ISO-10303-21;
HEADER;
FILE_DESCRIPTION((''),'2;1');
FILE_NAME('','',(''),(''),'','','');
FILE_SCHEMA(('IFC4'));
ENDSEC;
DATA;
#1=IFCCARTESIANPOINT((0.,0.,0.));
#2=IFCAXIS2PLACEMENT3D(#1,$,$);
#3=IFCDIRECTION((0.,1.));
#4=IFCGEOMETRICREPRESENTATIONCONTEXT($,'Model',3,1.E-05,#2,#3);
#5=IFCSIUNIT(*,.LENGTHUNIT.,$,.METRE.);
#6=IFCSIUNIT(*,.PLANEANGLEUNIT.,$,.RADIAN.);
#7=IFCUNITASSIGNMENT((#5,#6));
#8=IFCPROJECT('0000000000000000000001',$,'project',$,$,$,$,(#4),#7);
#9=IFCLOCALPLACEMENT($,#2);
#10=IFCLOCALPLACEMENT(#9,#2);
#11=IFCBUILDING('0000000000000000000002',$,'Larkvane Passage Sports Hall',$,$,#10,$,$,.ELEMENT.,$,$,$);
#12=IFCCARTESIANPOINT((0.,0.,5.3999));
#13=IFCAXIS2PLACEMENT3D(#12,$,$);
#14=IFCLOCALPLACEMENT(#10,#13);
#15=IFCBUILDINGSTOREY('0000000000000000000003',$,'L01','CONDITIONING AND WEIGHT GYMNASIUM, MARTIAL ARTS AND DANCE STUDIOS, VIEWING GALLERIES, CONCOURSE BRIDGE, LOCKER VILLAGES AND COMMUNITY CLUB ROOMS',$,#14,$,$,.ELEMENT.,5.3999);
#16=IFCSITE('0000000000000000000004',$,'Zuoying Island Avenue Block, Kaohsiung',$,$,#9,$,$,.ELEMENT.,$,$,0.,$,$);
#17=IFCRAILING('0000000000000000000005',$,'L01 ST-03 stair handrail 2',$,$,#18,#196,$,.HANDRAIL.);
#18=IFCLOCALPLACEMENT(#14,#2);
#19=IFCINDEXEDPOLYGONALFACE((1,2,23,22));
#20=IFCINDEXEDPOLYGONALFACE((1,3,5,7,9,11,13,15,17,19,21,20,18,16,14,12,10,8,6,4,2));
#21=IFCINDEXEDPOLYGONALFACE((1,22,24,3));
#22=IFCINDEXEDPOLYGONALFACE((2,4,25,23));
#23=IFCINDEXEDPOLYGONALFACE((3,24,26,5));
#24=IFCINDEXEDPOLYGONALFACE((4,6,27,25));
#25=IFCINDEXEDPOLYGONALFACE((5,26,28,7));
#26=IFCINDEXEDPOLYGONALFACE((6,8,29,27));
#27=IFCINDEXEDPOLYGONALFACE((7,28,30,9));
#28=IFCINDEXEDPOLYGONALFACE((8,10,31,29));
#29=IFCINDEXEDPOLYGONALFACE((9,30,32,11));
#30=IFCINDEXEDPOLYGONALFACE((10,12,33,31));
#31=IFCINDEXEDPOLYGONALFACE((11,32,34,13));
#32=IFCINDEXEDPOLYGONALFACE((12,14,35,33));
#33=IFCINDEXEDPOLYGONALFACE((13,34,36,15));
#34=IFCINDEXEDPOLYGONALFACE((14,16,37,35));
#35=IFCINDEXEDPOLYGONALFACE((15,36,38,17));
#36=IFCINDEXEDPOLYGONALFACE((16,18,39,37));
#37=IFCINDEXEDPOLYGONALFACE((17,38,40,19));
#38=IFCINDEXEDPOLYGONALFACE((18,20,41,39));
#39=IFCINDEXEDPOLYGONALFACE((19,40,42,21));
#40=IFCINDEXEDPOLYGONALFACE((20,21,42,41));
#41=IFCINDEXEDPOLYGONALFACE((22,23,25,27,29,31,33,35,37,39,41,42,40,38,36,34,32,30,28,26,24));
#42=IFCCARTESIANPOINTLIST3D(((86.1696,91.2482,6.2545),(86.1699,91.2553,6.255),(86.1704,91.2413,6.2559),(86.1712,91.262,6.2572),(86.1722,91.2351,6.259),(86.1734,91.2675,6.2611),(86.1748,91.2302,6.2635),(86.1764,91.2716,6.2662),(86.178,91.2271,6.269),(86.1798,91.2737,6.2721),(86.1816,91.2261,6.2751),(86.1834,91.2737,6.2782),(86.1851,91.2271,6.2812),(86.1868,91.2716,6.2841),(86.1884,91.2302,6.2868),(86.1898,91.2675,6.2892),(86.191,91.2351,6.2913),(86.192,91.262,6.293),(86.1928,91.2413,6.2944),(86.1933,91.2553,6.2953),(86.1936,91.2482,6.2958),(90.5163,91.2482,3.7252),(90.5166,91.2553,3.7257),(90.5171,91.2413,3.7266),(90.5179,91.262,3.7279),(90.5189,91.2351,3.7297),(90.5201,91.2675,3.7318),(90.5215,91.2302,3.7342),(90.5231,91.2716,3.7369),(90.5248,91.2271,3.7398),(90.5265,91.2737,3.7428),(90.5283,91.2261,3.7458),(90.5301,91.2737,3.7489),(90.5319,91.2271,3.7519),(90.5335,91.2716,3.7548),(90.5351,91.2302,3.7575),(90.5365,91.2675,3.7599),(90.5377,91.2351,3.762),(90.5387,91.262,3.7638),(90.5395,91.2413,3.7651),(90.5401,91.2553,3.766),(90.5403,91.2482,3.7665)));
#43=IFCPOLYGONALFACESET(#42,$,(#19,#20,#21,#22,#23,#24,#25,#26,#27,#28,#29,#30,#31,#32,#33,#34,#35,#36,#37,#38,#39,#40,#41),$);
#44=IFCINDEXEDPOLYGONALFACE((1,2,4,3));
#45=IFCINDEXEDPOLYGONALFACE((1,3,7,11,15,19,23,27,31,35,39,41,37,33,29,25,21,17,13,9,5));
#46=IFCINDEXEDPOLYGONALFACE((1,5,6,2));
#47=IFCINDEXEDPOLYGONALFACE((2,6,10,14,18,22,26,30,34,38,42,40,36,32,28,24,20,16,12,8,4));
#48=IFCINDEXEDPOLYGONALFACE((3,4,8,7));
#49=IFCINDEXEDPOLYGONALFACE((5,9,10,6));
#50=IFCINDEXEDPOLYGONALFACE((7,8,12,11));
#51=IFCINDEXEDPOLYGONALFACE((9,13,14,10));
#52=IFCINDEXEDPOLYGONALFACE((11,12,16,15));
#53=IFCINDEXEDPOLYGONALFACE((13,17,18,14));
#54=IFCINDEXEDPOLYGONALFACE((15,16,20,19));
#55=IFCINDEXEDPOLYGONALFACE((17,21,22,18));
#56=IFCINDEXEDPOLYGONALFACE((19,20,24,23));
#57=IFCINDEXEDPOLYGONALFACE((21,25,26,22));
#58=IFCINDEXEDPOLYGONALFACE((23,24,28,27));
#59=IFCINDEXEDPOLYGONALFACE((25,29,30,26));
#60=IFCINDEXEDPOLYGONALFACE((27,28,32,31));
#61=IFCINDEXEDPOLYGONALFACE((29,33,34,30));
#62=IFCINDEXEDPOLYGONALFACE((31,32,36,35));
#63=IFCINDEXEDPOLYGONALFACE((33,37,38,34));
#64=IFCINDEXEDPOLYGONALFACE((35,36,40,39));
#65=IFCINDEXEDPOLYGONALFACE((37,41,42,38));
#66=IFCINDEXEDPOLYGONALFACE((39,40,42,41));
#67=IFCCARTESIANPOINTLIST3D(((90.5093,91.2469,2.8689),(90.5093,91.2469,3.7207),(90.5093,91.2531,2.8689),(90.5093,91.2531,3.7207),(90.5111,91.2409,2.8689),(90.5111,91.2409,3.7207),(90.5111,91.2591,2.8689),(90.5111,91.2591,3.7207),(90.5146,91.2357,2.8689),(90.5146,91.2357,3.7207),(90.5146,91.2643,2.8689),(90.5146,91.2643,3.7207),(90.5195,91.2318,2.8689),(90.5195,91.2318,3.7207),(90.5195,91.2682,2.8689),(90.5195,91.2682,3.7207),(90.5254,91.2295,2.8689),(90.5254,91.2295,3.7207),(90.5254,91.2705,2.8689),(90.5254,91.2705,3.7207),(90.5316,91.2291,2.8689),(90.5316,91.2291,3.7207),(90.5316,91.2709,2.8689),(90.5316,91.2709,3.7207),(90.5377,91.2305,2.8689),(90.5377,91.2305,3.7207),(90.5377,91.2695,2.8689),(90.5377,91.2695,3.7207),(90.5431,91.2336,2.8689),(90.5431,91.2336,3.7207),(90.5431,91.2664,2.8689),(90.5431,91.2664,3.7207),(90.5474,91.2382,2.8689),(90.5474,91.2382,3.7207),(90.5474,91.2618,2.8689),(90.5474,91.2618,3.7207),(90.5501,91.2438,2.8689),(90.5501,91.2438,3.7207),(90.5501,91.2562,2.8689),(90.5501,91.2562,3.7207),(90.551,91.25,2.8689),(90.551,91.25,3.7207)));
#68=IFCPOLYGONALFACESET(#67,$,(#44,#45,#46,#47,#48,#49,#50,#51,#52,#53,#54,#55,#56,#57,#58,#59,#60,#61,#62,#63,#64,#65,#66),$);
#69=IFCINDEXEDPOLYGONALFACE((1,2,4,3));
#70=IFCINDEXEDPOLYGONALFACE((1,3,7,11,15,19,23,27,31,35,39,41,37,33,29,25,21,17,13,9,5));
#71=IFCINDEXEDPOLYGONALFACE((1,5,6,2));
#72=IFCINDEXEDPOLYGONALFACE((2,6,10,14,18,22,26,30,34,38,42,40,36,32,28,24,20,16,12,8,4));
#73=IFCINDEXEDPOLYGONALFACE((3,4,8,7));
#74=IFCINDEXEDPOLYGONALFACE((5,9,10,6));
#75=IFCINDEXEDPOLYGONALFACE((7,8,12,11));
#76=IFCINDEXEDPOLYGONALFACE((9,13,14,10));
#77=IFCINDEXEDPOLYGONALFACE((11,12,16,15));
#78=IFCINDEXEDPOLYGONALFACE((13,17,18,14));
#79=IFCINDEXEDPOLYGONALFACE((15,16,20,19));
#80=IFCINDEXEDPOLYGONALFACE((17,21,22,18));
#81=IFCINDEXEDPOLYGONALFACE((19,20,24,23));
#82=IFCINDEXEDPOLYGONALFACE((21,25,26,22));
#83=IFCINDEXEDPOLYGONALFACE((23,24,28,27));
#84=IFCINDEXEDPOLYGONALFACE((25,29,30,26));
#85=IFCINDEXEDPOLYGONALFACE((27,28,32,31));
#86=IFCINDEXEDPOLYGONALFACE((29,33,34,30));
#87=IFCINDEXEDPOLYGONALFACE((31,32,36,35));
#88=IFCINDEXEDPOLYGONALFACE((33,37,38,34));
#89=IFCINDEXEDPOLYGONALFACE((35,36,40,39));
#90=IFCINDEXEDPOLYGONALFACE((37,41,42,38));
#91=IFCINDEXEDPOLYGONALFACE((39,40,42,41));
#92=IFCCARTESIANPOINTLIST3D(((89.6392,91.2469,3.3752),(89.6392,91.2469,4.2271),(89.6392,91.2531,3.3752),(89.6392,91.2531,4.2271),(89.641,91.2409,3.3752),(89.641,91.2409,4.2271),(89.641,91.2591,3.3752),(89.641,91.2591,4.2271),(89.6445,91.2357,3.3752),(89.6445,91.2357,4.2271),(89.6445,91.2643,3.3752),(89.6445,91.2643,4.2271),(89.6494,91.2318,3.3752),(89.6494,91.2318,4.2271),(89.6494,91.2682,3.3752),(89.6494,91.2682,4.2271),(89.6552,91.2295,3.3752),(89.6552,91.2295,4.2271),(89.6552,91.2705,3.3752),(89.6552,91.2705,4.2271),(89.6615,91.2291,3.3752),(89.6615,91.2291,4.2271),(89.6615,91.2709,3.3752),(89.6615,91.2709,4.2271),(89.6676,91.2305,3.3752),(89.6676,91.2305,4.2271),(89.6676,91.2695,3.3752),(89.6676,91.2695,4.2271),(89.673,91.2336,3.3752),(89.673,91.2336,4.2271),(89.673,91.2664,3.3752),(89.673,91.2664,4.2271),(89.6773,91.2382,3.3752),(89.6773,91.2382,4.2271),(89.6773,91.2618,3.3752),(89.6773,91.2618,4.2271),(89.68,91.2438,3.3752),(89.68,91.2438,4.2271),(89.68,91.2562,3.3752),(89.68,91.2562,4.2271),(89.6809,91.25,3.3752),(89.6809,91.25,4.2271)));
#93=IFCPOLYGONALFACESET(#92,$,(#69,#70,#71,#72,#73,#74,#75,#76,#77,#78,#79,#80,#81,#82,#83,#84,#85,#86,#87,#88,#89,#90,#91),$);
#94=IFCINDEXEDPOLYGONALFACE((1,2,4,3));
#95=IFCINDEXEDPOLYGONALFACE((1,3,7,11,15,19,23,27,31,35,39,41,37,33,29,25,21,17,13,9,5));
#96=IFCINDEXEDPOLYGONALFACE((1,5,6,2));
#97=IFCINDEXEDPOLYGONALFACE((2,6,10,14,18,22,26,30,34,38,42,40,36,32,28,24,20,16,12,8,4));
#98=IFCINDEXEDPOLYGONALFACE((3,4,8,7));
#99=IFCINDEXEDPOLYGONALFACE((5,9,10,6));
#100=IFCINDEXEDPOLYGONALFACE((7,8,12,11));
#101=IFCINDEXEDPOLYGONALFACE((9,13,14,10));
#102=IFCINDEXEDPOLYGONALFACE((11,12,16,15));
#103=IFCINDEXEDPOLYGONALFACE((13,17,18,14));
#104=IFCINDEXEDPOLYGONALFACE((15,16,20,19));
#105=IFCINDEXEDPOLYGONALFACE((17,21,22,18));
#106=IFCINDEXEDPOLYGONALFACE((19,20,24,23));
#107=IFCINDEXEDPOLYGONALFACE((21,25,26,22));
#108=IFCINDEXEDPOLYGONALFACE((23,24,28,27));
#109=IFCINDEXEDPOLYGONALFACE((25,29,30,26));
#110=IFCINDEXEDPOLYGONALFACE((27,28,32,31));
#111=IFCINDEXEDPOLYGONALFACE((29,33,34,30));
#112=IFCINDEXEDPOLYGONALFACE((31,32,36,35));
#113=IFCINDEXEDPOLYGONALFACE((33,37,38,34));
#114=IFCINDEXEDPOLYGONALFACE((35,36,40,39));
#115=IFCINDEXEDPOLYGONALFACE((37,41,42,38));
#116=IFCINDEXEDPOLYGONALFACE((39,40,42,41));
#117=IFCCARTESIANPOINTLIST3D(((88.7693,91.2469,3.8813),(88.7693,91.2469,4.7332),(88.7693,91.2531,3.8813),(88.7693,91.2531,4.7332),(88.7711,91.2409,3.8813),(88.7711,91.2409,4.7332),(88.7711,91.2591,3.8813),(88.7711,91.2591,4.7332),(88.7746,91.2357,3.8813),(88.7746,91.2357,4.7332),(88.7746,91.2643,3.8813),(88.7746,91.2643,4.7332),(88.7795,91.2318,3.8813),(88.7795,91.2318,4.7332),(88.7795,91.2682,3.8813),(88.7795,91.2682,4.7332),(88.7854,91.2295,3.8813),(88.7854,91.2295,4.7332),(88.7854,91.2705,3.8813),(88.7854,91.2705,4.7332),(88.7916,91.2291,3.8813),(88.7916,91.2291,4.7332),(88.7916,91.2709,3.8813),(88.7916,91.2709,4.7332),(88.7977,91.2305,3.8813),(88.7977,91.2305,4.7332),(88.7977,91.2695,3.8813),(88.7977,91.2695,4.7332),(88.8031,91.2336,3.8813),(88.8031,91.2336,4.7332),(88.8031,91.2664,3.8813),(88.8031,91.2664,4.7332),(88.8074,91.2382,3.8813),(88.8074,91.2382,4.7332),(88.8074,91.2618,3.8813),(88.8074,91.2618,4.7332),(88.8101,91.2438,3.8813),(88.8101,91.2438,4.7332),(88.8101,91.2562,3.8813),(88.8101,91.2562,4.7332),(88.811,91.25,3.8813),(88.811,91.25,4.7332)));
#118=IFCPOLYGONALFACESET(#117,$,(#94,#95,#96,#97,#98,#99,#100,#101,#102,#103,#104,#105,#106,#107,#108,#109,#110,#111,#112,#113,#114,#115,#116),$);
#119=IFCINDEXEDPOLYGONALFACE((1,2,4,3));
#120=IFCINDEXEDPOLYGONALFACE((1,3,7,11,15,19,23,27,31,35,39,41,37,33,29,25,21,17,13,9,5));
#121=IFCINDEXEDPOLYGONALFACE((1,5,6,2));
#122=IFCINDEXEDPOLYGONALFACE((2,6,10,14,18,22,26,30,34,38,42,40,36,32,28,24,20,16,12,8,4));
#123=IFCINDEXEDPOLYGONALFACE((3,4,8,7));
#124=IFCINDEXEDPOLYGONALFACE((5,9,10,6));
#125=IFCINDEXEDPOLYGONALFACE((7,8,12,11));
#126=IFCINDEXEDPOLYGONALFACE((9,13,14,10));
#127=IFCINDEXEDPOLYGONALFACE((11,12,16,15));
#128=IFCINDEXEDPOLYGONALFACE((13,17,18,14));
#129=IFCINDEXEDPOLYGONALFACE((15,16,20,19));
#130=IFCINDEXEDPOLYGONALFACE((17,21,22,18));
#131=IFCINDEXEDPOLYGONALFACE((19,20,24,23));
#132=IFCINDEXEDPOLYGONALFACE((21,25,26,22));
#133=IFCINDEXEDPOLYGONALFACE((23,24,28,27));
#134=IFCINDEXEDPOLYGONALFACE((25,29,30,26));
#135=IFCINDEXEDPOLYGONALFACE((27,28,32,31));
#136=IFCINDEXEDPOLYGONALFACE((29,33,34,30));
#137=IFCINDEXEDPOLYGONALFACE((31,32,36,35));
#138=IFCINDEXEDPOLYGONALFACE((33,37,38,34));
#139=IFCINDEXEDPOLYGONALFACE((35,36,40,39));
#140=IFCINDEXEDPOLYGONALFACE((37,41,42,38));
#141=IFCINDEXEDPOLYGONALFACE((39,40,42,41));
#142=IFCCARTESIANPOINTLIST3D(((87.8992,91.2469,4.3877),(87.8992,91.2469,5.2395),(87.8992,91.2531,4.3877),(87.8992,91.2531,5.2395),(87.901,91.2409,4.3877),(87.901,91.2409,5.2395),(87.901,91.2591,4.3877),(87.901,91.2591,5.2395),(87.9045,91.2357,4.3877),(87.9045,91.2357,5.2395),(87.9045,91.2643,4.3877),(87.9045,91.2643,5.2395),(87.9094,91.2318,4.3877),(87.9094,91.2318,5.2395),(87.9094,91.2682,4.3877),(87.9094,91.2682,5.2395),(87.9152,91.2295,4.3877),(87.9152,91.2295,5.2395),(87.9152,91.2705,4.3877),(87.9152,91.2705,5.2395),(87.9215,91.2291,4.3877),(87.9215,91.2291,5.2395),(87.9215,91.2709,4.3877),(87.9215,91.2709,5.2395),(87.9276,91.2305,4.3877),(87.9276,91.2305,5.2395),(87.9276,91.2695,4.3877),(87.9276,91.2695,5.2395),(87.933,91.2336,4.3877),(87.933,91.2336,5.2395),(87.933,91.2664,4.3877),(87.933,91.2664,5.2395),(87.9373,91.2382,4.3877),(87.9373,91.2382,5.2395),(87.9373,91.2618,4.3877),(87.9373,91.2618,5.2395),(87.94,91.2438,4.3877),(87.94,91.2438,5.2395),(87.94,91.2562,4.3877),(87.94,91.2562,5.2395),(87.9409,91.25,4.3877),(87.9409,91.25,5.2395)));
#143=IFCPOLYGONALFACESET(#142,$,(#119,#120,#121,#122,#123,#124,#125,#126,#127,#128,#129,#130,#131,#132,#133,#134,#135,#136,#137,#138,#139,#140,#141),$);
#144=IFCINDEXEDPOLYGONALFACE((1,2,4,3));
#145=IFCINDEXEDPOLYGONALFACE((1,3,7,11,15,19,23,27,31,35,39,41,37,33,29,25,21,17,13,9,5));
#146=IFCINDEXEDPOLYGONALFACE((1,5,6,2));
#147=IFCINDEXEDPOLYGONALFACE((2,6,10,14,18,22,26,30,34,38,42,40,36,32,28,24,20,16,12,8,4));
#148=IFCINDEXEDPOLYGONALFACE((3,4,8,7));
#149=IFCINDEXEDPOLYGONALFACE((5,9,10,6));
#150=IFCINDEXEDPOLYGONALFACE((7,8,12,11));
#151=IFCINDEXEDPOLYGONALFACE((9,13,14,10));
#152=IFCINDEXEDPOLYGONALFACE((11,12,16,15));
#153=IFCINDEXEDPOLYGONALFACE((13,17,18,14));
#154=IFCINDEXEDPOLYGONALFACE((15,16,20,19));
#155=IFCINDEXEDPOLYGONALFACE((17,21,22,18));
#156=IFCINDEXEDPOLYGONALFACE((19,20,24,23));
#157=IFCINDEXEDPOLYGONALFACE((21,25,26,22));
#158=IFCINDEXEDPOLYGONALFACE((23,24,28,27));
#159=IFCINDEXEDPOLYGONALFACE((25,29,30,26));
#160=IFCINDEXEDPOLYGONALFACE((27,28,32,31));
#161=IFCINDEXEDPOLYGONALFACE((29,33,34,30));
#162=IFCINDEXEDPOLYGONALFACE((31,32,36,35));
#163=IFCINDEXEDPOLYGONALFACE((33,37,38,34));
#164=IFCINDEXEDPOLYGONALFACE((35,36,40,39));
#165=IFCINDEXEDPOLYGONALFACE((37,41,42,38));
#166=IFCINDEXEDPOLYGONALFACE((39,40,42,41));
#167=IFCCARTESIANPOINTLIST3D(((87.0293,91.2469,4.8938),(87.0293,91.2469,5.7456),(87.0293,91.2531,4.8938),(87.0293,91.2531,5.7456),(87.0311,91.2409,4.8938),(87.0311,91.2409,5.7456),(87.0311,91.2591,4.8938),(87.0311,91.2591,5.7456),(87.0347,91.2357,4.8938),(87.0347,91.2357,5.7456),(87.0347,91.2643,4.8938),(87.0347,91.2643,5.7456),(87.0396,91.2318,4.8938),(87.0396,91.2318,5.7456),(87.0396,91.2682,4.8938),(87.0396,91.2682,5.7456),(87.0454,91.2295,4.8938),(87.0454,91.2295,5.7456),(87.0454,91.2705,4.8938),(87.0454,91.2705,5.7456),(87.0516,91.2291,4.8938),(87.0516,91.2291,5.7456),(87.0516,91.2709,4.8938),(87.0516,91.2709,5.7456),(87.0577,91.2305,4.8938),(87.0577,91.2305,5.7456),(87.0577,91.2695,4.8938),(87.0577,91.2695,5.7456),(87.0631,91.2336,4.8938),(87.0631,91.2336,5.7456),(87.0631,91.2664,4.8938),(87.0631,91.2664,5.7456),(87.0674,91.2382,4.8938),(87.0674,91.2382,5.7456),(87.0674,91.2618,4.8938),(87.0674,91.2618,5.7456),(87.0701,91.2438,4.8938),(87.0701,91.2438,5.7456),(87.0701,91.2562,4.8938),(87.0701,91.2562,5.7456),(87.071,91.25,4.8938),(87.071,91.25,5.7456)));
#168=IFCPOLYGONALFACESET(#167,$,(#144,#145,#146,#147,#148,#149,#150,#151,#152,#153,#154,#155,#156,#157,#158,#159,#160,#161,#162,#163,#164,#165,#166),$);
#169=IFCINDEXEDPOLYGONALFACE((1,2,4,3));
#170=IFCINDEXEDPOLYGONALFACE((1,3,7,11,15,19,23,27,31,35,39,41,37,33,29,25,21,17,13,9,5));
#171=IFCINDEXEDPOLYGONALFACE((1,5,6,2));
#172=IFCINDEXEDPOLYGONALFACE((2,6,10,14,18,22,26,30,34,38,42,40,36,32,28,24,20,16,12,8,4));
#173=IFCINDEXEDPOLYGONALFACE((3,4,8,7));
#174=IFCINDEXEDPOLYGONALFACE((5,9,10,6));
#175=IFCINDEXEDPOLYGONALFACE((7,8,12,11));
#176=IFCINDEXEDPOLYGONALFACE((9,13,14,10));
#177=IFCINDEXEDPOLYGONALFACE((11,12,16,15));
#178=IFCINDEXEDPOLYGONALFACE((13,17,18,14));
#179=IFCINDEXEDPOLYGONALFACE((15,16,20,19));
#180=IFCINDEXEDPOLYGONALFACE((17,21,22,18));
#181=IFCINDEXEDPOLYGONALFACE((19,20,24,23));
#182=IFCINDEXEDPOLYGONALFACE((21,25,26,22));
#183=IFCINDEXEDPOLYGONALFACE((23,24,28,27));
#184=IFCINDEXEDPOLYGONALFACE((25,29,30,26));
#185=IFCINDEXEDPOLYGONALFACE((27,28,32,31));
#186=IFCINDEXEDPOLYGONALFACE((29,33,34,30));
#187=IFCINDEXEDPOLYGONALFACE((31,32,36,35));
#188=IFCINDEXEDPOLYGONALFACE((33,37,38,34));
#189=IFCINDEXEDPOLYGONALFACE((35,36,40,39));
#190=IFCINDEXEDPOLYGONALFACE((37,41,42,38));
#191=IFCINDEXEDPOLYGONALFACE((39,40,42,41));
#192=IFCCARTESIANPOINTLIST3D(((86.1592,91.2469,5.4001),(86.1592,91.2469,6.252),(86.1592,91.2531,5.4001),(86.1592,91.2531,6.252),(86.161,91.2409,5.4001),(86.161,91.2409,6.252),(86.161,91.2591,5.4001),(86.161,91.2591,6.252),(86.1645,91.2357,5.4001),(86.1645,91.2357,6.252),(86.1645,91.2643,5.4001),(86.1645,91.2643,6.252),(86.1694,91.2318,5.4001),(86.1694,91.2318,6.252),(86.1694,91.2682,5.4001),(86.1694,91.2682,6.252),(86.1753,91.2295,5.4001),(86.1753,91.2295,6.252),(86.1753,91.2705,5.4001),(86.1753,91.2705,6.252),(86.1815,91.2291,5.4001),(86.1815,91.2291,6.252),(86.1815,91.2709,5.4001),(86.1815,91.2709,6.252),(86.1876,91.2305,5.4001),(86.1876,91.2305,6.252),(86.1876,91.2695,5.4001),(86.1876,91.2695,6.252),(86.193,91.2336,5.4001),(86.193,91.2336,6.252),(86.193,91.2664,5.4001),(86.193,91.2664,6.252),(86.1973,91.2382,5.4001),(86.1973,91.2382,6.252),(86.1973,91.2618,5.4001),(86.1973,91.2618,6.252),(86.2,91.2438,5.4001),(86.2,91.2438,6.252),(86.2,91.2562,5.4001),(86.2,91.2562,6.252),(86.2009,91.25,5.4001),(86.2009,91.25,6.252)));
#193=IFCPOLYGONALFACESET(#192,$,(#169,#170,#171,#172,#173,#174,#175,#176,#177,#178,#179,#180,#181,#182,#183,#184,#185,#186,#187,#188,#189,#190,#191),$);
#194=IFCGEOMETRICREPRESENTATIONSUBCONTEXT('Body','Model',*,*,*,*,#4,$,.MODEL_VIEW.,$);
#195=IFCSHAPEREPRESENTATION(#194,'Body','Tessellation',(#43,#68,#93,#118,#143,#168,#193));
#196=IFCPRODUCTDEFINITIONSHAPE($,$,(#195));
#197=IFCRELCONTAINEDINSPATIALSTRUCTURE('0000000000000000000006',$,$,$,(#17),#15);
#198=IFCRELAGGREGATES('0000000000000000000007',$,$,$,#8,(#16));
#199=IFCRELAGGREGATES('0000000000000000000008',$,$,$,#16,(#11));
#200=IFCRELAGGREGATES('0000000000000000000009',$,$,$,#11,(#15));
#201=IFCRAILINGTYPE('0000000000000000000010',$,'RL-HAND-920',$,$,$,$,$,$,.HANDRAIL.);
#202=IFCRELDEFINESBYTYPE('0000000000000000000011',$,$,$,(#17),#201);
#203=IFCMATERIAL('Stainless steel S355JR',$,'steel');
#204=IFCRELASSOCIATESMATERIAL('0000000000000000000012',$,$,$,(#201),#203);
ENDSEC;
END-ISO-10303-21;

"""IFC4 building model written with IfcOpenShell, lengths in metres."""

from ifc_helpers import new_model, si_unit, direction, frame, origin, origin_2d, place, context, subcontext, project, spatial, circle, extrude, material, type_object, element, save


model = new_model("IFC4")

# Units and contexts
model_context = context("Model", 3, precision=1e-05, world=origin(), true_north=direction((0.0, 1.0)))
body_context = subcontext(model_context, "Body", "Model", "MODEL_VIEW")
ifc_project = project(units=[si_unit("LENGTHUNIT", "METRE"), si_unit("PLANEANGLEUNIT", "RADIAN")], contexts=[model_context])

# Site, building, storey
site_placement = place(None, origin())
site = spatial("IfcSite", under=ifc_project, at=site_placement, Name="Zuoying Island Avenue Block, Kaohsiung", CompositionType="ELEMENT", RefElevation=0.0)
building_placement = place(site_placement, origin())
building = spatial("IfcBuilding", under=site, at=building_placement, Name="Larkvane Passage Sports Hall", CompositionType="ELEMENT")
storey_placement = place(building_placement, frame((0.0, 0.0, 5.3999)))
storey = spatial("IfcBuildingStorey", under=building, at=storey_placement, Name="L01", Description="CONDITIONING AND WEIGHT GYMNASIUM, MARTIAL ARTS AND DANCE STUDIOS, VIEWING GALLERIES, CONCOURSE BRIDGE, LOCKER VILLAGES AND COMMUNITY CLUB ROOMS", CompositionType="ELEMENT", Elevation=5.3999)

# Railing
ifc_material_1 = material(Name="Stainless steel S355JR", Category="steel")
railing_type_1 = type_object("IfcRailingType", Name="RL-HAND-920", PredefinedType="HANDRAIL", material=ifc_material_1)
railing_1_placement = place(storey_placement, frame((90.53, 91.25, 2.8689)))
element("IfcRailing", 1, at=railing_1_placement, inside=storey, type_object=railing_type_1, Name="L01 ST-03 stair handrail 2", PredefinedType="HANDRAIL", context=body_context, shape_type="SweptSolid", body=[
    extrude(circle(Radius=0.0239, at=origin_2d()), frame((-0.0017, 0.0, 0.877), z_axis=(-0.864324, 0.0, 0.502936), x_axis=(0.0, -1.0, 0.0)), (0.0, 0.0, 1.0), 5.0291),
    extrude(circle(Radius=0.021, at=origin_2d()), origin(), (0.0, 0.0, 1.0), 0.8518),
    extrude(circle(Radius=0.021, at=origin_2d()), frame((-0.8701, 0.0, 0.5063)), (0.0, 0.0, 1.0), 0.8518),
    extrude(circle(Radius=0.021, at=origin_2d()), frame((-1.74, 0.0, 1.0125)), (0.0, 0.0, 1.0), 0.8518),
    extrude(circle(Radius=0.021, at=origin_2d()), frame((-2.6101, 0.0, 1.5188)), (0.0, 0.0, 1.0), 0.8518),
    extrude(circle(Radius=0.021, at=origin_2d()), frame((-3.48, 0.0, 2.0249)), (0.0, 0.0, 1.0), 0.8518),
    extrude(circle(Radius=0.021, at=origin_2d()), frame((-4.3501, 0.0, 2.5312)), (0.0, 0.0, 1.0), 0.8518),
])

save(model, "model.ifc")
